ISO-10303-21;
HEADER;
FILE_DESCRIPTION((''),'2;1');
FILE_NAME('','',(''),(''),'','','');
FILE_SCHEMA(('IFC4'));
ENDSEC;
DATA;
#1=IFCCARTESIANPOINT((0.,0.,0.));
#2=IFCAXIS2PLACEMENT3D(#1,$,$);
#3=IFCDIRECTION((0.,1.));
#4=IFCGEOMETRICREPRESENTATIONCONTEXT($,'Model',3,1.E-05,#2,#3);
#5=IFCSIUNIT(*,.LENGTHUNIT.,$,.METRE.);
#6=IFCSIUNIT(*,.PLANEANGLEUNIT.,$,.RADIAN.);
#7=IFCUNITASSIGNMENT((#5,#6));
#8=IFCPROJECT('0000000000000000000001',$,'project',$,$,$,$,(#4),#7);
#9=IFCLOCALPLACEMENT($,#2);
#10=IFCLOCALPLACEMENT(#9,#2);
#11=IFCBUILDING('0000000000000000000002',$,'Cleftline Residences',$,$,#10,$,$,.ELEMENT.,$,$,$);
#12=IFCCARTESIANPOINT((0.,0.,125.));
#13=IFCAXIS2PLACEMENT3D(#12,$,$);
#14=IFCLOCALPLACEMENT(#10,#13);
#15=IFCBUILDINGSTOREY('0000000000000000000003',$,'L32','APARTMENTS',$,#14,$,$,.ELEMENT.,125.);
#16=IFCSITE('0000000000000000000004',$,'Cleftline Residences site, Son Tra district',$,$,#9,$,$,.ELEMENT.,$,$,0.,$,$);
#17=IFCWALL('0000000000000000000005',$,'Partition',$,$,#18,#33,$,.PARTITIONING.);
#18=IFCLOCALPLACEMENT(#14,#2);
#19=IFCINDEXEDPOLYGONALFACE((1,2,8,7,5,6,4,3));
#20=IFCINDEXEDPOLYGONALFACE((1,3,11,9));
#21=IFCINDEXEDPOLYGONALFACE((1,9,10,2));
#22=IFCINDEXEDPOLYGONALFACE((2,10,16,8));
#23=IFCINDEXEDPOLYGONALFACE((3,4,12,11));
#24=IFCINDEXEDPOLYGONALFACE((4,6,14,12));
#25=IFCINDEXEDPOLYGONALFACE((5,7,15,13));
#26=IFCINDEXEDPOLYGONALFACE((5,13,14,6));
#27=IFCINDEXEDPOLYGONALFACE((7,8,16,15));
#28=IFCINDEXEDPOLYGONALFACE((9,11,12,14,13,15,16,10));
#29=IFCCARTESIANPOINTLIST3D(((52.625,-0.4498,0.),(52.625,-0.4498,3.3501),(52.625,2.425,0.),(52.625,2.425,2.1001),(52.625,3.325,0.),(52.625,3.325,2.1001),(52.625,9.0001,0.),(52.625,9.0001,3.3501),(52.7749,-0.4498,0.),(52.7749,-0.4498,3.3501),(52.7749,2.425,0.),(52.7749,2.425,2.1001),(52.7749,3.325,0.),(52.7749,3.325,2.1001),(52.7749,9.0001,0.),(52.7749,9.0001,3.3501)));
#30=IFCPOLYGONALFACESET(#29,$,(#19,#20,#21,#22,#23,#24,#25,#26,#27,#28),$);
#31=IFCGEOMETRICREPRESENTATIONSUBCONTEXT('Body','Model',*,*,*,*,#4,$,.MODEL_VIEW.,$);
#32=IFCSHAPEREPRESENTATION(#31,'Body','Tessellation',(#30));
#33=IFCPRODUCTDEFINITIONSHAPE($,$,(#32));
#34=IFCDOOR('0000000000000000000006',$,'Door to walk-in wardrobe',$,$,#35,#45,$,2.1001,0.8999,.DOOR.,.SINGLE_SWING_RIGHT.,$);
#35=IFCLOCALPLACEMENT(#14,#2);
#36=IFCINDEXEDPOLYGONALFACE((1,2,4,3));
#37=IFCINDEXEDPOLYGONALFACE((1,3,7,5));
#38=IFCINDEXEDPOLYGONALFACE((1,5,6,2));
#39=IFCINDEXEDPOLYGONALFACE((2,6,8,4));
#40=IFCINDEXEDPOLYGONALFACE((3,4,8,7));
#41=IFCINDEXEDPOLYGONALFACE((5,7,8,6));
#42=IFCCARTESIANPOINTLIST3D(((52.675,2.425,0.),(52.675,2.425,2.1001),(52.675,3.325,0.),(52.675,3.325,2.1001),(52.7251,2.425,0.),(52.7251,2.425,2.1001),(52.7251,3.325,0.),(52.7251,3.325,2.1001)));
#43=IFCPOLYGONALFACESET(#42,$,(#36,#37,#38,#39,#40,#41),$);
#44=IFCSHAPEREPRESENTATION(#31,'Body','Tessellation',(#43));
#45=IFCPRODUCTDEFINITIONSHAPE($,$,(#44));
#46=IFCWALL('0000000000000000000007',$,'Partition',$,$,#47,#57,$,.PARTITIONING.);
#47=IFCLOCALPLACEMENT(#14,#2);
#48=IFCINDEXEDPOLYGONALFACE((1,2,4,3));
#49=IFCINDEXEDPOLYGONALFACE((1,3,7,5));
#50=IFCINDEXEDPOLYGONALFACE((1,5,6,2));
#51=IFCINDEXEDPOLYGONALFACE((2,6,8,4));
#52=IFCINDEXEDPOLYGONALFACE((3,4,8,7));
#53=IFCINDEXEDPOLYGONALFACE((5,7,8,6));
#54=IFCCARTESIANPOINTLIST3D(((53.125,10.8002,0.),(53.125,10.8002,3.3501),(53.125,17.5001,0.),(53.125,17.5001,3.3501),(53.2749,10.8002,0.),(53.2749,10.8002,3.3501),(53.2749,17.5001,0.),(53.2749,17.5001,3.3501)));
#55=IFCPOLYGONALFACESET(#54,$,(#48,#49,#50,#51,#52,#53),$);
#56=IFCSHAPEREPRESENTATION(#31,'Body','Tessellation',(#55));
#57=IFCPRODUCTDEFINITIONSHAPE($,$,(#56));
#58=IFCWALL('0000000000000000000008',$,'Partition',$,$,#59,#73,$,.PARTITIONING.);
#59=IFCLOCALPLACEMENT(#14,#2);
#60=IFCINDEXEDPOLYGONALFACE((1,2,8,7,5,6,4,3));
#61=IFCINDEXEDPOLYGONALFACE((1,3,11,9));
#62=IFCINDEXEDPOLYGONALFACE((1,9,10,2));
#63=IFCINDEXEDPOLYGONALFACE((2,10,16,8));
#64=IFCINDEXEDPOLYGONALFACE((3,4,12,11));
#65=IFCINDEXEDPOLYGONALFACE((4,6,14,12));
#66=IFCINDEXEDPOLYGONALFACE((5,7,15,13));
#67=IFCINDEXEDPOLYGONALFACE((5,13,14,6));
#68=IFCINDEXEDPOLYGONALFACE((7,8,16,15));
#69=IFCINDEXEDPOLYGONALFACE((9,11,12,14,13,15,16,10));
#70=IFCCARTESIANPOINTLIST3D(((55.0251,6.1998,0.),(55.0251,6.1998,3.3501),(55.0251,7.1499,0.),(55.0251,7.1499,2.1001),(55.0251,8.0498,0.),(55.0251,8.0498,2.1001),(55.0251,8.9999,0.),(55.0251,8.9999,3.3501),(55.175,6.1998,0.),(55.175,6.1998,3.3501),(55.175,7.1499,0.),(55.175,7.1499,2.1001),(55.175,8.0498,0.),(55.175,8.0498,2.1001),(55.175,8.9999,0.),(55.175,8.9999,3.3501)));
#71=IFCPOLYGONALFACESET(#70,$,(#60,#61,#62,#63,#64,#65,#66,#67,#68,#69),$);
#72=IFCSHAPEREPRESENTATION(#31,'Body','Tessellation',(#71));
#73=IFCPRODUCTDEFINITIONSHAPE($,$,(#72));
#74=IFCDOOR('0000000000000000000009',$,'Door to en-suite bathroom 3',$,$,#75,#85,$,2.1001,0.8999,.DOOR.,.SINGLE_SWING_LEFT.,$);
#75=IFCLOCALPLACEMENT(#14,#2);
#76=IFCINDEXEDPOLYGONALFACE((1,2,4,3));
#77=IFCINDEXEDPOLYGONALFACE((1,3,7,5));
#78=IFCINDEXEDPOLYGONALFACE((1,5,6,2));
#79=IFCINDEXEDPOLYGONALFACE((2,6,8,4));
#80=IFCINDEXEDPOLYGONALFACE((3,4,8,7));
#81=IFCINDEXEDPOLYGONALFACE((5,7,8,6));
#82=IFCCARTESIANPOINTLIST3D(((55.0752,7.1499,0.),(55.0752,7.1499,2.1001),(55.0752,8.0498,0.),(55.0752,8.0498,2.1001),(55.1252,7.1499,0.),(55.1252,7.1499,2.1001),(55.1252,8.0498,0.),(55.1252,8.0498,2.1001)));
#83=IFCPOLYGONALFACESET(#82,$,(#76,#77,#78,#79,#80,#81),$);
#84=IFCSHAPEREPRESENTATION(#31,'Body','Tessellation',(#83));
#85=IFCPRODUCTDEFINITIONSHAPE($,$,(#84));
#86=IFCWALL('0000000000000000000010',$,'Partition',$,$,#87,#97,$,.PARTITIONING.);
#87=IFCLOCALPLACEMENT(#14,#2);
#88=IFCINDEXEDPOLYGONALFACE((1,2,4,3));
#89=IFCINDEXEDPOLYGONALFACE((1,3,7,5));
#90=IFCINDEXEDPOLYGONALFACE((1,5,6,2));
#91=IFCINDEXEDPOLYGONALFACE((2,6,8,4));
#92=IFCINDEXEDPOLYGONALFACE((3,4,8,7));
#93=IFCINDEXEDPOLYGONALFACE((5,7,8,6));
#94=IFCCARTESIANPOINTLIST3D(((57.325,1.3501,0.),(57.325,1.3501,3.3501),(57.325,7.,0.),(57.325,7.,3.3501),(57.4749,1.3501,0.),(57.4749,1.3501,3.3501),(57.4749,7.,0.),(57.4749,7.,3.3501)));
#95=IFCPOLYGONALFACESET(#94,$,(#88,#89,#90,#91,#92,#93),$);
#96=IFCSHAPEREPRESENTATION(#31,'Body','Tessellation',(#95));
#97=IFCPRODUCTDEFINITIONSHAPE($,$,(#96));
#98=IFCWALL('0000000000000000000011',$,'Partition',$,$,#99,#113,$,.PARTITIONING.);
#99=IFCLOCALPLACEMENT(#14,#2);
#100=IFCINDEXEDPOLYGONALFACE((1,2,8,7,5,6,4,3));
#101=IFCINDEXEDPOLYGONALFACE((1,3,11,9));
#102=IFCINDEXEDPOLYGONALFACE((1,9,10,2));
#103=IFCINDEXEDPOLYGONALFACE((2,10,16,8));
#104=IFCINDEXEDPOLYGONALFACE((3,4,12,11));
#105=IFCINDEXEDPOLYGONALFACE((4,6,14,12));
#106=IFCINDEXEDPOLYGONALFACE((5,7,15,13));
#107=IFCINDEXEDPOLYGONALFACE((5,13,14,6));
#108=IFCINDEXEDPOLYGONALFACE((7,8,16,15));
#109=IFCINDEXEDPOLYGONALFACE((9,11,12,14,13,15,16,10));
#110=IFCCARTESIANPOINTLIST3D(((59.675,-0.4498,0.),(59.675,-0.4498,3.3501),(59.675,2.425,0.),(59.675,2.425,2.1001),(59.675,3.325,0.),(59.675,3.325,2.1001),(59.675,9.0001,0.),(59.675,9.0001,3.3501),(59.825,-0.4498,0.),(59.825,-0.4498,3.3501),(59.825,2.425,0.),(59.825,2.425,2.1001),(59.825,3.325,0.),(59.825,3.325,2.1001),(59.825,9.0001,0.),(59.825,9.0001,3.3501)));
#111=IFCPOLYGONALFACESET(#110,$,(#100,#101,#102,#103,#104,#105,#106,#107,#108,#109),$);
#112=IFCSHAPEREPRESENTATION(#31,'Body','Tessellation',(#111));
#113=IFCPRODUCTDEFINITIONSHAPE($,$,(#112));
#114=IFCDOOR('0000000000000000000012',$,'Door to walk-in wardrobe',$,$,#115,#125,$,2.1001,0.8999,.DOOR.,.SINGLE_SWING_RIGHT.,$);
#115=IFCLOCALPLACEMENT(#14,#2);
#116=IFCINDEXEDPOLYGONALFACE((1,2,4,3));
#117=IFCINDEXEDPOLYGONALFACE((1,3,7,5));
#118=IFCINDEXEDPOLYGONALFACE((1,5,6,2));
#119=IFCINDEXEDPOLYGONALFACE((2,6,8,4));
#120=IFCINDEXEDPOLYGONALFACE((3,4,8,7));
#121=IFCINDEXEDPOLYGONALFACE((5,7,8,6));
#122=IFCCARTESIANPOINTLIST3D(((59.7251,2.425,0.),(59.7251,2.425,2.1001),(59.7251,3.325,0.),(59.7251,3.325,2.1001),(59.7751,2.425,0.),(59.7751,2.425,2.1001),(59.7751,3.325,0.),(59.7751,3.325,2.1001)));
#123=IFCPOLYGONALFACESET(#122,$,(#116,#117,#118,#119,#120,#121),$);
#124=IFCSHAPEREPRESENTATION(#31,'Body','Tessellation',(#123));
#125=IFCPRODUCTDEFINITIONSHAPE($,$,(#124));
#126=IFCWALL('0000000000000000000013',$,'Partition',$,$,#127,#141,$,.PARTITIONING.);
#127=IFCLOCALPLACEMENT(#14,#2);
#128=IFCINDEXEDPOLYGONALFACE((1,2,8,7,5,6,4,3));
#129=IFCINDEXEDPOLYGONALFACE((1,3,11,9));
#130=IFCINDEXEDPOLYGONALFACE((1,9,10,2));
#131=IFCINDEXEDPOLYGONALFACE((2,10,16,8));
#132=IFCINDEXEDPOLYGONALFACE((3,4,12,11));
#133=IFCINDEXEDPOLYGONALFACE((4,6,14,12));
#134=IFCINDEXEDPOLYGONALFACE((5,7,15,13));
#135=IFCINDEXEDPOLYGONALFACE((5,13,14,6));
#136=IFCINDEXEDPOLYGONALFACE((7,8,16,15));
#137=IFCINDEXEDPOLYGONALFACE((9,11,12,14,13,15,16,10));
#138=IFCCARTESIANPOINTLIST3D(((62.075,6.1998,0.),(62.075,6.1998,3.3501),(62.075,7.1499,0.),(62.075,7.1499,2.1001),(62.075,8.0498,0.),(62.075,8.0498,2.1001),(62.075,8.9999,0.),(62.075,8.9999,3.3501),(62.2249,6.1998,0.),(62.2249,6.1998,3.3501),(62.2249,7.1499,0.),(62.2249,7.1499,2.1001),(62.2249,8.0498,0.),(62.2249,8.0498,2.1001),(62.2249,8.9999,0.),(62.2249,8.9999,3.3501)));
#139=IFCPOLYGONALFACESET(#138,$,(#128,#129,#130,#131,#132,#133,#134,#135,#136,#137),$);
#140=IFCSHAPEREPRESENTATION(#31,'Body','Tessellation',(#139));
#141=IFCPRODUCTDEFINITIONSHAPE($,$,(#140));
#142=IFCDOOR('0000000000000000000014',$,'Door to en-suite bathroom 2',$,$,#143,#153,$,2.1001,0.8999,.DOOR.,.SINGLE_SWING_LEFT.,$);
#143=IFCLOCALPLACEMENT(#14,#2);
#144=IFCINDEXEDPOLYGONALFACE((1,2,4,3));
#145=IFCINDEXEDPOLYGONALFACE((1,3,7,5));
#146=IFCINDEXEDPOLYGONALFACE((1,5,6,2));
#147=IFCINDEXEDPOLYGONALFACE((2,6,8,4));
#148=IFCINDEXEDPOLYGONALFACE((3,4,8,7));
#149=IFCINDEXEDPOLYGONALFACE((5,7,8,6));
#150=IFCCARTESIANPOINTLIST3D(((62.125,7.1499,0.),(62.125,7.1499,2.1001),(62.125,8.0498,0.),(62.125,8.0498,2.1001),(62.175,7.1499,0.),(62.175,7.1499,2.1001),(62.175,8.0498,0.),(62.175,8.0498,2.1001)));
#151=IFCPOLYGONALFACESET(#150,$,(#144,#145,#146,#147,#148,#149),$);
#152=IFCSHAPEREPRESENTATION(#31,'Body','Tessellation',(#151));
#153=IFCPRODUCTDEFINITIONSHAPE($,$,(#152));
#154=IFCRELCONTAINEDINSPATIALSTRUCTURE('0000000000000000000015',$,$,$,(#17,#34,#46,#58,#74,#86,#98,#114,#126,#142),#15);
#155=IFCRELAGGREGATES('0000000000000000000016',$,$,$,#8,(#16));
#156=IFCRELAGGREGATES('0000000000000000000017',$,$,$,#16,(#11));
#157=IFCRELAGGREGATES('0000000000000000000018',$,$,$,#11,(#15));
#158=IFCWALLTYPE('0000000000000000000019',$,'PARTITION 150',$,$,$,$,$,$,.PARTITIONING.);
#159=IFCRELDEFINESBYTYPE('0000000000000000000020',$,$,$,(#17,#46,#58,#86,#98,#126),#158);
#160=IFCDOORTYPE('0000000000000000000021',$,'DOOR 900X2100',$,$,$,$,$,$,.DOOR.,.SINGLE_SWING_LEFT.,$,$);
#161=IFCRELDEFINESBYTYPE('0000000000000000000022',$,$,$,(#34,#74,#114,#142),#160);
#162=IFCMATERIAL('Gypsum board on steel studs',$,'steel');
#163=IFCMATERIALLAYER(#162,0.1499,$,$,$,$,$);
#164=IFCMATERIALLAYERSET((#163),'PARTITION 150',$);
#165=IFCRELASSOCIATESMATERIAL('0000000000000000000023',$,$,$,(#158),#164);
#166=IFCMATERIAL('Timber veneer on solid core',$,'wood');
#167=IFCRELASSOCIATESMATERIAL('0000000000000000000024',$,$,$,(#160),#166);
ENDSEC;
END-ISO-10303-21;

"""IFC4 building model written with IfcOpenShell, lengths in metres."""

from ifc_helpers import new_model, si_unit, direction, frame, frame_2d, origin, place, context, subcontext, project, spatial, rectangle, extrude, material, layer, layer_set, type_object, element, fill, save


model = new_model("IFC4")

# Units and contexts
model_context = context("Model", 3, precision=1e-05, world=origin(), true_north=direction((0.0, 1.0)))
body_context = subcontext(model_context, "Body", "Model", "MODEL_VIEW")
ifc_project = project(units=[si_unit("LENGTHUNIT", "METRE"), si_unit("PLANEANGLEUNIT", "RADIAN")], contexts=[model_context])

# Site, building, storey
site_placement = place(None, origin())
site = spatial("IfcSite", under=ifc_project, at=site_placement, Name="Cleftline Residences site, Son Tra district", CompositionType="ELEMENT", RefElevation=0.0)
building_placement = place(site_placement, origin())
building = spatial("IfcBuilding", under=site, at=building_placement, Name="Cleftline Residences", CompositionType="ELEMENT")
storey_placement = place(building_placement, frame((0.0, 0.0, 125.0)))
storey = spatial("IfcBuildingStorey", under=building, at=storey_placement, Name="L32", Description="APARTMENTS", CompositionType="ELEMENT", Elevation=125.0)

# Shared definitions
ifc_material_1 = material(Name="Gypsum board on steel studs", Category="steel")
ifc_layer_1 = layer(ifc_material_1, 0.1499)
ifc_layer_set_1 = layer_set([ifc_layer_1], Name="PARTITION 150")
wall_type_1 = type_object("IfcWallType", Name="PARTITION 150", PredefinedType="PARTITIONING", material=ifc_layer_set_1)

# Wall, opening, door
wall_1_placement = place(storey_placement, frame((52.7, -0.45, 0.0), z_axis=(0.0, 0.0, 1.0), x_axis=(0.0, 1.0, 0.0)))
wall_1 = element("IfcWall", 1, at=wall_1_placement, inside=storey, type_object=wall_type_1, Name="Partition", PredefinedType="PARTITIONING", context=body_context, shape_type="SweptSolid", body=[
    extrude(rectangle(XDim=9.45, YDim=0.1499, at=frame_2d((4.7251, 0.0))), origin(), (0.0, 0.0, 1.0), 3.3501),
])
opening_1_placement = place(wall_1_placement, frame((2.875, 0.0, 0.0)))
opening_1 = element("IfcOpeningElement", 2, at=opening_1_placement, cuts=wall_1, PredefinedType="OPENING", context=body_context, shape_type="SweptSolid", body=[
    extrude(rectangle(XDim=0.8999, YDim=2.1001, at=frame_2d((0.45, 1.05))), frame((0.0, 0.085, 0.0), z_axis=(0.0, -1.0, 0.0), x_axis=(1.0, 0.0, 0.0)), (0.0, 0.0, 1.0), 0.1699),
])
ifc_material_2 = material(Name="Timber veneer on solid core", Category="wood")
door_type_1 = type_object("IfcDoorType", Name="DOOR 900X2100", OperationType="SINGLE_SWING_LEFT", PredefinedType="DOOR", material=ifc_material_2)
door_1_placement = place(opening_1_placement, origin())
door_1 = element("IfcDoor", 3, at=door_1_placement, inside=storey, type_object=door_type_1, Name="Door to walk-in wardrobe", OperationType="SINGLE_SWING_RIGHT", OverallHeight=2.1001, OverallWidth=0.8999, PredefinedType="DOOR", context=body_context, shape_type="SweptSolid", body=[
    extrude(rectangle(XDim=0.8999, YDim=2.1001, at=frame_2d((0.45, 1.05))), frame((0.0, 0.0249, 0.0), z_axis=(0.0, -1.0, 0.0), x_axis=(1.0, 0.0, 0.0)), (0.0, 0.0, 1.0), 0.05),
])
fill(opening_1, door_1)

# Wall
wall_2_placement = place(storey_placement, frame((53.2, 10.8, 0.0), z_axis=(0.0, 0.0, 1.0), x_axis=(0.0, 1.0, 0.0)))
element("IfcWall", 4, at=wall_2_placement, inside=storey, type_object=wall_type_1, Name="Partition", PredefinedType="PARTITIONING", context=body_context, shape_type="SweptSolid", body=[
    extrude(rectangle(XDim=6.7, YDim=0.1499, at=frame_2d((3.3501, 0.0))), origin(), (0.0, 0.0, 1.0), 3.3501),
])

# Wall, opening, door
wall_3_placement = place(storey_placement, frame((55.1001, 6.2, 0.0), z_axis=(0.0, 0.0, 1.0), x_axis=(0.0, 1.0, 0.0)))
wall_3 = element("IfcWall", 5, at=wall_3_placement, inside=storey, type_object=wall_type_1, Name="Partition", PredefinedType="PARTITIONING", context=body_context, shape_type="SweptSolid", body=[
    extrude(rectangle(XDim=2.8, YDim=0.1499, at=frame_2d((1.3999, 0.0))), origin(), (0.0, 0.0, 1.0), 3.3501),
])
opening_2_placement = place(wall_3_placement, frame((0.95, 0.0, 0.0)))
opening_2 = element("IfcOpeningElement", 6, at=opening_2_placement, cuts=wall_3, PredefinedType="OPENING", context=body_context, shape_type="SweptSolid", body=[
    extrude(rectangle(XDim=0.8999, YDim=2.1001, at=frame_2d((0.45, 1.05))), frame((0.0, 0.085, 0.0), z_axis=(0.0, -1.0, 0.0), x_axis=(1.0, 0.0, 0.0)), (0.0, 0.0, 1.0), 0.1699),
])
door_2_placement = place(opening_2_placement, origin())
door_2 = element("IfcDoor", 7, at=door_2_placement, inside=storey, type_object=door_type_1, Name="Door to en-suite bathroom 3", OperationType="SINGLE_SWING_LEFT", OverallHeight=2.1001, OverallWidth=0.8999, PredefinedType="DOOR", context=body_context, shape_type="SweptSolid", body=[
    extrude(rectangle(XDim=0.8999, YDim=2.1001, at=frame_2d((0.45, 1.05))), frame((0.0, 0.0249, 0.0), z_axis=(0.0, -1.0, 0.0), x_axis=(1.0, 0.0, 0.0)), (0.0, 0.0, 1.0), 0.05),
])
fill(opening_2, door_2)

# Wall
wall_4_placement = place(storey_placement, frame((57.3999, 1.3501, 0.0), z_axis=(0.0, 0.0, 1.0), x_axis=(0.0, 1.0, 0.0)))
element("IfcWall", 8, at=wall_4_placement, inside=storey, type_object=wall_type_1, Name="Partition", PredefinedType="PARTITIONING", context=body_context, shape_type="SweptSolid", body=[
    extrude(rectangle(XDim=5.6499, YDim=0.1499, at=frame_2d((2.825, 0.0))), origin(), (0.0, 0.0, 1.0), 3.3501),
])

# Walls, openings, doors
wall_5_placement = place(storey_placement, frame((59.75, -0.45, 0.0), z_axis=(0.0, 0.0, 1.0), x_axis=(0.0, 1.0, 0.0)))
wall_5 = element("IfcWall", 9, at=wall_5_placement, inside=storey, type_object=wall_type_1, Name="Partition", PredefinedType="PARTITIONING", context=body_context, shape_type="SweptSolid", body=[
    extrude(rectangle(XDim=9.45, YDim=0.1499, at=frame_2d((4.7251, 0.0))), origin(), (0.0, 0.0, 1.0), 3.3501),
])
opening_3_placement = place(wall_5_placement, frame((2.875, 0.0, 0.0)))
opening_3 = element("IfcOpeningElement", 10, at=opening_3_placement, cuts=wall_5, PredefinedType="OPENING", context=body_context, shape_type="SweptSolid", body=[
    extrude(rectangle(XDim=0.8999, YDim=2.1001, at=frame_2d((0.45, 1.05))), frame((0.0, 0.085, 0.0), z_axis=(0.0, -1.0, 0.0), x_axis=(1.0, 0.0, 0.0)), (0.0, 0.0, 1.0), 0.1699),
])
door_3_placement = place(opening_3_placement, origin())
door_3 = element("IfcDoor", 11, at=door_3_placement, inside=storey, type_object=door_type_1, Name="Door to walk-in wardrobe", OperationType="SINGLE_SWING_RIGHT", OverallHeight=2.1001, OverallWidth=0.8999, PredefinedType="DOOR", context=body_context, shape_type="SweptSolid", body=[
    extrude(rectangle(XDim=0.8999, YDim=2.1001, at=frame_2d((0.45, 1.05))), frame((0.0, 0.0249, 0.0), z_axis=(0.0, -1.0, 0.0), x_axis=(1.0, 0.0, 0.0)), (0.0, 0.0, 1.0), 0.05),
])
fill(opening_3, door_3)
wall_6_placement = place(storey_placement, frame((62.1499, 6.2, 0.0), z_axis=(0.0, 0.0, 1.0), x_axis=(0.0, 1.0, 0.0)))
wall_6 = element("IfcWall", 12, at=wall_6_placement, inside=storey, type_object=wall_type_1, Name="Partition", PredefinedType="PARTITIONING", context=body_context, shape_type="SweptSolid", body=[
    extrude(rectangle(XDim=2.8, YDim=0.1499, at=frame_2d((1.3999, 0.0))), origin(), (0.0, 0.0, 1.0), 3.3501),
])
opening_4_placement = place(wall_6_placement, frame((0.95, 0.0, 0.0)))
opening_4 = element("IfcOpeningElement", 13, at=opening_4_placement, cuts=wall_6, PredefinedType="OPENING", context=body_context, shape_type="SweptSolid", body=[
    extrude(rectangle(XDim=0.8999, YDim=2.1001, at=frame_2d((0.45, 1.05))), frame((0.0, 0.085, 0.0), z_axis=(0.0, -1.0, 0.0), x_axis=(1.0, 0.0, 0.0)), (0.0, 0.0, 1.0), 0.1699),
])
door_4_placement = place(opening_4_placement, origin())
door_4 = element("IfcDoor", 14, at=door_4_placement, inside=storey, type_object=door_type_1, Name="Door to en-suite bathroom 2", OperationType="SINGLE_SWING_LEFT", OverallHeight=2.1001, OverallWidth=0.8999, PredefinedType="DOOR", context=body_context, shape_type="SweptSolid", body=[
    extrude(rectangle(XDim=0.8999, YDim=2.1001, at=frame_2d((0.45, 1.05))), frame((0.0, 0.0249, 0.0), z_axis=(0.0, -1.0, 0.0), x_axis=(1.0, 0.0, 0.0)), (0.0, 0.0, 1.0), 0.05),
])
fill(opening_4, door_4)

save(model, "model.ifc")
